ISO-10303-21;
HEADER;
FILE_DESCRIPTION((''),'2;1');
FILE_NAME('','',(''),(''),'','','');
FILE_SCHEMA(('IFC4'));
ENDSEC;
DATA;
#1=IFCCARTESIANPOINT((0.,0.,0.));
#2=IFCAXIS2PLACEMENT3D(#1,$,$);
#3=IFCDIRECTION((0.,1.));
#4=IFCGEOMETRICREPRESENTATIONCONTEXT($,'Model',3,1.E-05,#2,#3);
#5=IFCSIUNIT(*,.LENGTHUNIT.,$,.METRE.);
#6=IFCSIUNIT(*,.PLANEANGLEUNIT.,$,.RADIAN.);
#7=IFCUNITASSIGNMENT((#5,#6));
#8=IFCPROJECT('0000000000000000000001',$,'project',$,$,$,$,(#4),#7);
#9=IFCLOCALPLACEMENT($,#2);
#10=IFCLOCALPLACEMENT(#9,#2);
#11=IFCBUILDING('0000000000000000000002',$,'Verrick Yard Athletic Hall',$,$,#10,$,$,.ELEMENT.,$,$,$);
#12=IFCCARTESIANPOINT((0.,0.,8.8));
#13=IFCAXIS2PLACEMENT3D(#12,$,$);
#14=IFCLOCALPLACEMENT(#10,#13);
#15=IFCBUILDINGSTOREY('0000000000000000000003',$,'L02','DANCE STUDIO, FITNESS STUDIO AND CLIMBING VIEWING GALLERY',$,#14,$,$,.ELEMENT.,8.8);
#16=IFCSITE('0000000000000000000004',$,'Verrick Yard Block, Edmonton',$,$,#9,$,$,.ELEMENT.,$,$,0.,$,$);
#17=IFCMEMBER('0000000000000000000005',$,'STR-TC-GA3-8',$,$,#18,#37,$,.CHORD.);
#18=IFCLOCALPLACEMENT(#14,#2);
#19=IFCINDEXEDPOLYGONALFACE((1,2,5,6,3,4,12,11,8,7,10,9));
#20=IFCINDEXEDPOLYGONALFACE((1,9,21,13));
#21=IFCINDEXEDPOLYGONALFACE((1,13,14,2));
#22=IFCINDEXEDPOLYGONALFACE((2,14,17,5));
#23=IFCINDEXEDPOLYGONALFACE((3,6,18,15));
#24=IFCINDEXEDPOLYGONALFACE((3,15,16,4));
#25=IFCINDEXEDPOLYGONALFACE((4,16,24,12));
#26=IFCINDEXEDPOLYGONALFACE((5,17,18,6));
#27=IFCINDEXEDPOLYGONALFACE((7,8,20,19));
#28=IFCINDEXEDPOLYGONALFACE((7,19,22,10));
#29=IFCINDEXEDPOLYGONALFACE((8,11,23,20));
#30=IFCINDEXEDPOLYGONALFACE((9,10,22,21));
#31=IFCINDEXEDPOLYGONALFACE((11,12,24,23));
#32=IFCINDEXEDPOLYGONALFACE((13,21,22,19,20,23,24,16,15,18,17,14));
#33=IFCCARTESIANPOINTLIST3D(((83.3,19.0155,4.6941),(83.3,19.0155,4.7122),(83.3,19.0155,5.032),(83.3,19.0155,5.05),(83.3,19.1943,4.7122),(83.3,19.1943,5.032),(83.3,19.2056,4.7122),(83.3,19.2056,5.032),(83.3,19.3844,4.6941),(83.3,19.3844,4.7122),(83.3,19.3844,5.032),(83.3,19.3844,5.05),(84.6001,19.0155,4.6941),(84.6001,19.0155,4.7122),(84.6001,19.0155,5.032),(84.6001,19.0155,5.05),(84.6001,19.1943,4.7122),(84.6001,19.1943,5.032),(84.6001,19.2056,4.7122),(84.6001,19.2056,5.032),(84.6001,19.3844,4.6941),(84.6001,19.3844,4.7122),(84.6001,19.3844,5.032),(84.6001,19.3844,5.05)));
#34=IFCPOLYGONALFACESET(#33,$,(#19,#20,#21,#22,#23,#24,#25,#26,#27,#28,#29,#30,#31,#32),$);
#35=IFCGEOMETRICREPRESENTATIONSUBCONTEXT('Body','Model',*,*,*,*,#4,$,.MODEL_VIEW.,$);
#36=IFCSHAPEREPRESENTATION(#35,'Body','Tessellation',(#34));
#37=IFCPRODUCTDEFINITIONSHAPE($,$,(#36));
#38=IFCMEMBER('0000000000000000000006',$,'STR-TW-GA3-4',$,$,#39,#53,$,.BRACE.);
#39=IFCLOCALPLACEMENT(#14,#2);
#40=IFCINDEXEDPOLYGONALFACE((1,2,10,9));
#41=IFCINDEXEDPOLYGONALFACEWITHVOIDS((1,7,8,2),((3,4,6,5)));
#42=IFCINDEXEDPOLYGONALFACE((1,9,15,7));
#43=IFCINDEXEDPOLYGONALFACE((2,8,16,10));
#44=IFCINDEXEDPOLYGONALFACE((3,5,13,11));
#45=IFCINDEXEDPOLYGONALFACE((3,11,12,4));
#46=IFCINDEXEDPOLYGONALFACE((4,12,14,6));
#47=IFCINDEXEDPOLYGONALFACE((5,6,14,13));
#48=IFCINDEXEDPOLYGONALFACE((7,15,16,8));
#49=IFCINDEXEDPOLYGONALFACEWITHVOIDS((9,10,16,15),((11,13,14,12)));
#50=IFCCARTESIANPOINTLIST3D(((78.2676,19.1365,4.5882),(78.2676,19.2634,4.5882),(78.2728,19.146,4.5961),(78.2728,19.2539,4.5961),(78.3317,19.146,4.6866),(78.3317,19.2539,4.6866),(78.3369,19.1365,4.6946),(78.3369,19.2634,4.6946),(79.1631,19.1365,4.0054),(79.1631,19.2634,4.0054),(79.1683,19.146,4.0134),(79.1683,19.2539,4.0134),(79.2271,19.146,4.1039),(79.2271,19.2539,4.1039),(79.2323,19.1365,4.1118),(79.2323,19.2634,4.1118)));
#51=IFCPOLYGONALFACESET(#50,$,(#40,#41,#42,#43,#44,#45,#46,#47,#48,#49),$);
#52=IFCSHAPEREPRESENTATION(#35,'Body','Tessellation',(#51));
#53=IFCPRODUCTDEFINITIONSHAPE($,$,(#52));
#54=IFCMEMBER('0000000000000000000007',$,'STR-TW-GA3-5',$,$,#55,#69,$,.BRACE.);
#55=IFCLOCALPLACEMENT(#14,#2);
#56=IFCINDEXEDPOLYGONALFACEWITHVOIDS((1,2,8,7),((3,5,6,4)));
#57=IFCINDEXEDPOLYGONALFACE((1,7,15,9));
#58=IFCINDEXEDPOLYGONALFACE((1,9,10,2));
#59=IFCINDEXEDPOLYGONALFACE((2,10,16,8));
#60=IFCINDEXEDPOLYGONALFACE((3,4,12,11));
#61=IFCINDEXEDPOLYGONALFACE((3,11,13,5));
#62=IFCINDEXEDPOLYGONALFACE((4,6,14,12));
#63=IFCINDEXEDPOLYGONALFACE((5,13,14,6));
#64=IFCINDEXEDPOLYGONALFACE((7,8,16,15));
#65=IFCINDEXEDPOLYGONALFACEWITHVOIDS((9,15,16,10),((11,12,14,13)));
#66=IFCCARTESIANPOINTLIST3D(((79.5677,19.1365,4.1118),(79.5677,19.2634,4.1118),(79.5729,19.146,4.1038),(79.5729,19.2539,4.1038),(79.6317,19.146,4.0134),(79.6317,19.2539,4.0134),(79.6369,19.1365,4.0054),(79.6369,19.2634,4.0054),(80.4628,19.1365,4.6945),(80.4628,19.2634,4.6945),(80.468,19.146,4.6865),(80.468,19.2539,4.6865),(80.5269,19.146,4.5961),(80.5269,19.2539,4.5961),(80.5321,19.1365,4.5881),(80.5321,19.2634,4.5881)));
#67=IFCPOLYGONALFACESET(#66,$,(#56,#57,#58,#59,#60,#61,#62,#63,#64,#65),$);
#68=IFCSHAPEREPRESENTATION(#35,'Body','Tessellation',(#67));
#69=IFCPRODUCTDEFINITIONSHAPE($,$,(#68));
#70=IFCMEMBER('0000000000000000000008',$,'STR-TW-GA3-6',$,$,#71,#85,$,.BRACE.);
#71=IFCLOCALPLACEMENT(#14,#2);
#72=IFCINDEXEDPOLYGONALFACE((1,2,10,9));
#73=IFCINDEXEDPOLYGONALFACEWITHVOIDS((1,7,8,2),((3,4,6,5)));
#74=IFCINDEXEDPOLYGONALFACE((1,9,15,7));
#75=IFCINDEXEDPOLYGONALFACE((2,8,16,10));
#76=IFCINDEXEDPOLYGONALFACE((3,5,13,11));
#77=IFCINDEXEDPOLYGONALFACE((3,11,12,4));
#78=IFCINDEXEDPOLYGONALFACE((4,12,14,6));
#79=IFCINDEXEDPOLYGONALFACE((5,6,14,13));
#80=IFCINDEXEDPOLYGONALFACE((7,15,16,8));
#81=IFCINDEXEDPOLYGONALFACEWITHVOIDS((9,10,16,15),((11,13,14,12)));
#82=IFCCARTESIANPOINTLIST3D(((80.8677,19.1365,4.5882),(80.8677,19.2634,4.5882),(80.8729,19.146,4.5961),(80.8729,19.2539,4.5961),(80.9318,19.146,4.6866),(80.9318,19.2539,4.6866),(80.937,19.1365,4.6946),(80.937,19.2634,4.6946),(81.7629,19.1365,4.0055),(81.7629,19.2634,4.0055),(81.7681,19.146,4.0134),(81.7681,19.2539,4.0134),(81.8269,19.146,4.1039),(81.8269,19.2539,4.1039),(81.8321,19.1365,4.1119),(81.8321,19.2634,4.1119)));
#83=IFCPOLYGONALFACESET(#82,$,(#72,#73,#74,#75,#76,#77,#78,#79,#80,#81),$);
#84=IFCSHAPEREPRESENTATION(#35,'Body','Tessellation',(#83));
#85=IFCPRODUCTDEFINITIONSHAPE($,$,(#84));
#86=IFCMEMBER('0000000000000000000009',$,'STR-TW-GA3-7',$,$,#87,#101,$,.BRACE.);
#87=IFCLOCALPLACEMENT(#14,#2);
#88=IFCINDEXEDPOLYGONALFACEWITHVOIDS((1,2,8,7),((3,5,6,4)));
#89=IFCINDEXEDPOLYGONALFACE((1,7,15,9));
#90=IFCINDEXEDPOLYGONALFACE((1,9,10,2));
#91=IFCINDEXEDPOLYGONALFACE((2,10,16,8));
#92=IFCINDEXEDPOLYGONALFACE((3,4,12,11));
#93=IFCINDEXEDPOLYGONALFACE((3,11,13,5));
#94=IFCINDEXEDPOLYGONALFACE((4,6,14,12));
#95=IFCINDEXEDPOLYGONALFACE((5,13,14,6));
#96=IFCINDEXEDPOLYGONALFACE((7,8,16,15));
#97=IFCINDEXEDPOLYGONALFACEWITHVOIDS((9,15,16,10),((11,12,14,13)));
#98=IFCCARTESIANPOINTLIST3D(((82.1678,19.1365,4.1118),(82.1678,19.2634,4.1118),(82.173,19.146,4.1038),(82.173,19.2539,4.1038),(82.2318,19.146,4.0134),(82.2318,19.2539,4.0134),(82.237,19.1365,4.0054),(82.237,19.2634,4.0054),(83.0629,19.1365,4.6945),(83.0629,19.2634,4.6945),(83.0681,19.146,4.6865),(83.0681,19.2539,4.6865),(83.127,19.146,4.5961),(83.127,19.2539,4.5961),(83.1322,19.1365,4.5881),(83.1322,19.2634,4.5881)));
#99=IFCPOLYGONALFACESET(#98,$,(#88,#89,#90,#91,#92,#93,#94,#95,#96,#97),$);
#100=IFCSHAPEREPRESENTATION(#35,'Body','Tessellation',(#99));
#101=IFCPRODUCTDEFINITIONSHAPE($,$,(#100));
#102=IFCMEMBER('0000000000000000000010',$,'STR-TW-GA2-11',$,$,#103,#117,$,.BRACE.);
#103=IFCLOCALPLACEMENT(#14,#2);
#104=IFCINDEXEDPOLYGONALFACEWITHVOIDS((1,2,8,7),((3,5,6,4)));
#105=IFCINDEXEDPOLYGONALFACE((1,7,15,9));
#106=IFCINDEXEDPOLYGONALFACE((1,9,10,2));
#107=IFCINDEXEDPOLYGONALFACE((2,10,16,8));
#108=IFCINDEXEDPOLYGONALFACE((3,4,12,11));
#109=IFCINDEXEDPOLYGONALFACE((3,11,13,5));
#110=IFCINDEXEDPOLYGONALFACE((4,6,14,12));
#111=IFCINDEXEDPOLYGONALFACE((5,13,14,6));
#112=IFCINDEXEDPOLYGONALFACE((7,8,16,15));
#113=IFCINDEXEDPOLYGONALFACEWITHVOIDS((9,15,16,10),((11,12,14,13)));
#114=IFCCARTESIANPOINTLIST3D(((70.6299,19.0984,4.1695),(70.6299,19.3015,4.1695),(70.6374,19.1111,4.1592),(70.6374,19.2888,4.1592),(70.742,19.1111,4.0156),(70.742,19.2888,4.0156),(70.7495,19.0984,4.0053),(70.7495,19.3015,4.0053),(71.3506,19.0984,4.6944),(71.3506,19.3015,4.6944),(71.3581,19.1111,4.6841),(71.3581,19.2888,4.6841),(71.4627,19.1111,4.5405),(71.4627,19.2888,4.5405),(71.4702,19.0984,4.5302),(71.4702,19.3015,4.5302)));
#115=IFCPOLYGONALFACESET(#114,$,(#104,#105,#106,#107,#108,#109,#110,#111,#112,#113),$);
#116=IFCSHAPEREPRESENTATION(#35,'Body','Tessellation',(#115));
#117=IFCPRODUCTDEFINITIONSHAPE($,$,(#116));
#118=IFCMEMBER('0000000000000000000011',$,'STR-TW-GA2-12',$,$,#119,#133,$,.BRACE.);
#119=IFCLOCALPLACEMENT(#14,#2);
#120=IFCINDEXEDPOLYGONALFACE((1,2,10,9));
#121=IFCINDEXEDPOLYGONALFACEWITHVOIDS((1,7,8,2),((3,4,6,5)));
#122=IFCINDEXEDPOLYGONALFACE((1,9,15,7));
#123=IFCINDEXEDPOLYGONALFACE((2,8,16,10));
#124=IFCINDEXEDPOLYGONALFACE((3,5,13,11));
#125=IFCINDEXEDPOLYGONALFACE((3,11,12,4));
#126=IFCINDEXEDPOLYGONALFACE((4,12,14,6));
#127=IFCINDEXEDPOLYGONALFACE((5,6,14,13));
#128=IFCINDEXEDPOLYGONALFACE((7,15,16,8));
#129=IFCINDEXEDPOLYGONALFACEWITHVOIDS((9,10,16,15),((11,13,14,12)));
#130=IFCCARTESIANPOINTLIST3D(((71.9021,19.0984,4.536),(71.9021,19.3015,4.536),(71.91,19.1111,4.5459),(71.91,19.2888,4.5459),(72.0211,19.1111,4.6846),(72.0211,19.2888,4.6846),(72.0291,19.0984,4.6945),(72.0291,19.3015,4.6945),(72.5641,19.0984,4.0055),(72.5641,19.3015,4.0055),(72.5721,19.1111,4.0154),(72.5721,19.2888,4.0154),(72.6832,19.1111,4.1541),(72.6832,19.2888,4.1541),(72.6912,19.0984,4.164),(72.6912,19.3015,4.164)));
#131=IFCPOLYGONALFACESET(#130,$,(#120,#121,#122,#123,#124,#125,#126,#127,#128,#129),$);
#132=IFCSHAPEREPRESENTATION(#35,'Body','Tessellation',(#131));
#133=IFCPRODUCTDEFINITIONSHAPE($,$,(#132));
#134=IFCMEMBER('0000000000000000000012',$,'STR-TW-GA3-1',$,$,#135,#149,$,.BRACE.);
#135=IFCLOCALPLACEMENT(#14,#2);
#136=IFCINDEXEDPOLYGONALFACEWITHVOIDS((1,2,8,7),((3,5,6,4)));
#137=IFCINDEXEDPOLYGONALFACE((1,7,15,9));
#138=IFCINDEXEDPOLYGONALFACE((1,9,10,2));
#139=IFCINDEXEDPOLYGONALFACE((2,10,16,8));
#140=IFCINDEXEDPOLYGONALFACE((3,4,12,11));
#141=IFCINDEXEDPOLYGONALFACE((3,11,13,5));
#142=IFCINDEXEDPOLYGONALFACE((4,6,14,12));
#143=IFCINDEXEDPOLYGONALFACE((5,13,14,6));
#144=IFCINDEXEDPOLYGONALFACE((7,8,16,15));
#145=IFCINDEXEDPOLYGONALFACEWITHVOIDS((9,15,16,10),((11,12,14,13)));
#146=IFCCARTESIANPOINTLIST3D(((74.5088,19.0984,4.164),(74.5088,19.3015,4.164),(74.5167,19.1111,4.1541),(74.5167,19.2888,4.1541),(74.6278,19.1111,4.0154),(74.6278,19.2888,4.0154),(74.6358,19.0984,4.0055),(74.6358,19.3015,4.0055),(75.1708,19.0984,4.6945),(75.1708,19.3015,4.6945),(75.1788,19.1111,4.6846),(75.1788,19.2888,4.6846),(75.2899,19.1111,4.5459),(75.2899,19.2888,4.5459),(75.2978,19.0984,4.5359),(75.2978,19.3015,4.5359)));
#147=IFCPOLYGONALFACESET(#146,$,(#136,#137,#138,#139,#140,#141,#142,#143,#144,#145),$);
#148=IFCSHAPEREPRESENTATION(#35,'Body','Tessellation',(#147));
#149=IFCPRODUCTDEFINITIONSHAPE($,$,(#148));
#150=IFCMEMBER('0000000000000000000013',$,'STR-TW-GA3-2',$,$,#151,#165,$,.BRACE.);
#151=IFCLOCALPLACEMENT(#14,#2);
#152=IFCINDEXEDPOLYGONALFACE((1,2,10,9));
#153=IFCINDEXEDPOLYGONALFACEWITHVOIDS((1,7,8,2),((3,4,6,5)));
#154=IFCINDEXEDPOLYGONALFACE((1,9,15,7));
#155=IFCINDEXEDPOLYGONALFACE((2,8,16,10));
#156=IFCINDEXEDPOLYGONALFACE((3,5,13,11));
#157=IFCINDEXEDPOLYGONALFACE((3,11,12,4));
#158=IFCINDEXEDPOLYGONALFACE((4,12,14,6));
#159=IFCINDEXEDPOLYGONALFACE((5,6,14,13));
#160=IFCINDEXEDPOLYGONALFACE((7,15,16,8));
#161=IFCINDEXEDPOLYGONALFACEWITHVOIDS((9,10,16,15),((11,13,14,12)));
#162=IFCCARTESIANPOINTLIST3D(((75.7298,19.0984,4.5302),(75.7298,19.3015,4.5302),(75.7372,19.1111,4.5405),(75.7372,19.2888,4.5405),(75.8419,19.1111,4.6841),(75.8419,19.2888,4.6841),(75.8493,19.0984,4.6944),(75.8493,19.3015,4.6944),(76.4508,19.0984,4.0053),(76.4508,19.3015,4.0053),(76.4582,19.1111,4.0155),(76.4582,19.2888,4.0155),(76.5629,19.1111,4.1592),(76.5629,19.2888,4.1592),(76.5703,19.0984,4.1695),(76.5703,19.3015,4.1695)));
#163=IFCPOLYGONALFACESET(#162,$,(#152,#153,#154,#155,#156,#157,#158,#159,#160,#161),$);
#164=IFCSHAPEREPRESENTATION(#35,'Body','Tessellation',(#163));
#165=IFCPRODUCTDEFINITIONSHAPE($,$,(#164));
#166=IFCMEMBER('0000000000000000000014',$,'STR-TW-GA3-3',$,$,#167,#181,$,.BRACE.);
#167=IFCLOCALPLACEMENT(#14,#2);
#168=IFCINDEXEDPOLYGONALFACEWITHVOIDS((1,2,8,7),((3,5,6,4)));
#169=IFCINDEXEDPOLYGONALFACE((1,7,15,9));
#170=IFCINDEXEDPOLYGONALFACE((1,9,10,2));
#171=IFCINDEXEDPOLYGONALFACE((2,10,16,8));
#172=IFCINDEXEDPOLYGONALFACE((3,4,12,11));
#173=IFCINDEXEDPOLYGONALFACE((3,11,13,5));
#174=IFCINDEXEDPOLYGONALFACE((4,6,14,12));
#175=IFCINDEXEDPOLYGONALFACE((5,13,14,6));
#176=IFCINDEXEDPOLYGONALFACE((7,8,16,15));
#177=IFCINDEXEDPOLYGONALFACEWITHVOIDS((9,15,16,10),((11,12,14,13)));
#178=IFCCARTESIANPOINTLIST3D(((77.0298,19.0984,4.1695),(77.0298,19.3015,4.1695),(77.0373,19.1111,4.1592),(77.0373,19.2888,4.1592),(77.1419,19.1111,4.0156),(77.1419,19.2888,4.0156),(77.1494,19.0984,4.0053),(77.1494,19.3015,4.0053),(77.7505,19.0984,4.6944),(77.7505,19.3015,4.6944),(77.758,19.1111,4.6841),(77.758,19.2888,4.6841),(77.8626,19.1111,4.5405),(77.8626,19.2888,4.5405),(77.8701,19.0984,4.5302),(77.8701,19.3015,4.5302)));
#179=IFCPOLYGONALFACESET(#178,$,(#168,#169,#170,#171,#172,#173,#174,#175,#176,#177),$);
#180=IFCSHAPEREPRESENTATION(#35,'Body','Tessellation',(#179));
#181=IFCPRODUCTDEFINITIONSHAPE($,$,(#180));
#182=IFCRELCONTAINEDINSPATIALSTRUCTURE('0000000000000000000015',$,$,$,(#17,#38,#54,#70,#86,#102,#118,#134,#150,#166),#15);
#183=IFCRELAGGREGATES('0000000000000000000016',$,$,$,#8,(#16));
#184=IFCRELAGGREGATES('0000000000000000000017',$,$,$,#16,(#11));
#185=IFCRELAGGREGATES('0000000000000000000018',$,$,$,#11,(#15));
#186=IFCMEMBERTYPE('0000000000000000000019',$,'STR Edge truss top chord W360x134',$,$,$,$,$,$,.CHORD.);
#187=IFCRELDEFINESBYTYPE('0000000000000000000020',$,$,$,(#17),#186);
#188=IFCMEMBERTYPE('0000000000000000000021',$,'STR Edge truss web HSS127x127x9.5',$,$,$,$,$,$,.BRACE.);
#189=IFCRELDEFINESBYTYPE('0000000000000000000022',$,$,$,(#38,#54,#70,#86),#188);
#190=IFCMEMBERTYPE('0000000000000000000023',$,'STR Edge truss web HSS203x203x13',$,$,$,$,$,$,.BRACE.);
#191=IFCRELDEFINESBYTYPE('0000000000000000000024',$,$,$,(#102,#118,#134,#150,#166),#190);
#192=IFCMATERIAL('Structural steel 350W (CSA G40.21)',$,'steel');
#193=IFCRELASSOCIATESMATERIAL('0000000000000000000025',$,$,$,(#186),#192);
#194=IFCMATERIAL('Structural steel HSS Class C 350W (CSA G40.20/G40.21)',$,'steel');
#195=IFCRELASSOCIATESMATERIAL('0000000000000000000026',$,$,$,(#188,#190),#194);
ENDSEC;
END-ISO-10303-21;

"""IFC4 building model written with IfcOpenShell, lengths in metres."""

from ifc_helpers import new_model, si_unit, direction, frame, origin, origin_2d, place, context, subcontext, project, spatial, hollow_rectangle, i_section, extrude, material, material_profile, profile_set, type_object, element, save


model = new_model("IFC4")

# Units and contexts
model_context = context("Model", 3, precision=1e-05, world=origin(), true_north=direction((0.0, 1.0)))
body_context = subcontext(model_context, "Body", "Model", "MODEL_VIEW")
ifc_project = project(units=[si_unit("LENGTHUNIT", "METRE"), si_unit("PLANEANGLEUNIT", "RADIAN")], contexts=[model_context])

# Site, building, storey
site_placement = place(None, origin())
site = spatial("IfcSite", under=ifc_project, at=site_placement, Name="Verrick Yard Block, Edmonton", CompositionType="ELEMENT", RefElevation=0.0)
building_placement = place(site_placement, origin())
building = spatial("IfcBuilding", under=site, at=building_placement, Name="Verrick Yard Athletic Hall", CompositionType="ELEMENT")
storey_placement = place(building_placement, frame((0.0, 0.0, 8.8)))
storey = spatial("IfcBuildingStorey", under=building, at=storey_placement, Name="L02", Description="DANCE STUDIO, FITNESS STUDIO AND CLIMBING VIEWING GALLERY", CompositionType="ELEMENT", Elevation=8.8)

# Members
ifc_material_1 = material(Name="Structural steel 350W (CSA G40.21)", Category="steel")
ifc_material_2 = material(Name="Structural steel HSS Class C 350W (CSA G40.20/G40.21)", Category="steel")
ifc_material_profile_1 = material_profile(ifc_material_1, i_section(OverallWidth=0.3689, OverallDepth=0.356, WebThickness=0.0112, FlangeThickness=0.0181, at=origin_2d()), Name="W360x134")
ifc_profile_set_1 = profile_set([ifc_material_profile_1], Name="Structural steel 350W (CSA G40.21)")
member_type_1 = type_object("IfcMemberType", Name="STR Edge truss top chord W360x134", PredefinedType="CHORD", material=ifc_profile_set_1)
for number, where, z_axis, x_axis, name in (
    (1, (83.3, 19.2, 4.8721), (1.0, 0.0, 0.0), (0.0, 1.0, 0.0), "STR-TC-GA3-8"),
):
    element("IfcMember", number, at=place(storey_placement, frame(where, z_axis=z_axis, x_axis=x_axis)), inside=storey, type_object=member_type_1, Name=name, PredefinedType="CHORD", context=body_context, shape_type="SweptSolid", body=[
        extrude(i_section(OverallWidth=0.3689, OverallDepth=0.356, WebThickness=0.0112, FlangeThickness=0.0181, at=origin_2d()), origin(), (0.0, 0.0, 1.0), 1.3),
    ])
ifc_material_profile_2 = material_profile(ifc_material_2, hollow_rectangle(XDim=0.127, YDim=0.127, WallThickness=0.0095, at=origin_2d()), Name="HSS127x127x9.5")
ifc_profile_set_2 = profile_set([ifc_material_profile_2], Name="Structural steel HSS Class C 350W (CSA G40.20/G40.21)")
member_type_2 = type_object("IfcMemberType", Name="STR Edge truss web HSS127x127x9.5", PredefinedType="BRACE", material=ifc_profile_set_2)
member_1_placement = place(storey_placement, frame((78.3022, 19.2, 4.6414), z_axis=(0.838151, 0.0, -0.545438), x_axis=(0.0, 1.0, 0.0)))
element("IfcMember", 2, at=member_1_placement, inside=storey, type_object=member_type_2, Name="STR-TW-GA3-4", PredefinedType="BRACE", context=body_context, shape_type="SweptSolid", body=[
    extrude(hollow_rectangle(XDim=0.127, YDim=0.127, WallThickness=0.0095, at=origin_2d()), origin(), (0.0, 0.0, 1.0), 1.0684),
])
for number, where, z_axis, x_axis, name in (
    (3, (79.6023, 19.2, 4.0586), (0.838083, 0.0, 0.545543), (0.0, 1.0, 0.0), "STR-TW-GA3-5"),
    (4, (80.9023, 19.2, 4.6414), (0.838083, 0.0, -0.545543), (0.0, 1.0, 0.0), "STR-TW-GA3-6"),
    (5, (82.2024, 19.2, 4.0586), (0.838083, 0.0, 0.545543), (0.0, 1.0, 0.0), "STR-TW-GA3-7"),
):
    element("IfcMember", number, at=place(storey_placement, frame(where, z_axis=z_axis, x_axis=x_axis)), inside=storey, type_object=member_type_2, Name=name, PredefinedType="BRACE", context=body_context, shape_type="SweptSolid", body=[
        extrude(hollow_rectangle(XDim=0.127, YDim=0.127, WallThickness=0.0095, at=origin_2d()), origin(), (0.0, 0.0, 1.0), 1.0681),
    ])
ifc_material_profile_3 = material_profile(ifc_material_2, hollow_rectangle(XDim=0.2031, YDim=0.2031, WallThickness=0.0127, at=origin_2d()), Name="HSS203x203x13")
ifc_profile_set_3 = profile_set([ifc_material_profile_3], Name="Structural steel HSS Class C 350W (CSA G40.20/G40.21)")
member_type_3 = type_object("IfcMemberType", Name="STR Edge truss web HSS203x203x13", PredefinedType="BRACE", material=ifc_profile_set_3)
member_2_placement = place(storey_placement, frame((70.6897, 19.2, 4.0874), z_axis=(0.808333, 0.0, 0.588725), x_axis=(0.0, 1.0, 0.0)))
element("IfcMember", 6, at=member_2_placement, inside=storey, type_object=member_type_3, Name="STR-TW-GA2-11", PredefinedType="BRACE", context=body_context, shape_type="SweptSolid", body=[
    extrude(hollow_rectangle(XDim=0.2031, YDim=0.2031, WallThickness=0.0127, at=origin_2d()), origin(), (0.0, 0.0, 1.0), 0.8916),
])
for number, where, z_axis, x_axis, name in (
    (7, (71.9656, 19.2, 4.6152), (0.780391, 0.0, -0.625291), (0.0, 1.0, 0.0), "STR-TW-GA2-12"),
    (8, (74.5723, 19.2, 4.0847), (0.780391, 0.0, 0.625291), (0.0, 1.0, 0.0), "STR-TW-GA3-1"),
):
    element("IfcMember", number, at=place(storey_placement, frame(where, z_axis=z_axis, x_axis=x_axis)), inside=storey, type_object=member_type_3, Name=name, PredefinedType="BRACE", context=body_context, shape_type="SweptSolid", body=[
        extrude(hollow_rectangle(XDim=0.2031, YDim=0.2031, WallThickness=0.0127, at=origin_2d()), origin(), (0.0, 0.0, 1.0), 0.8484),
    ])
member_3_placement = place(storey_placement, frame((75.7896, 19.2, 4.6123), z_axis=(0.808428, 0.0, -0.588595), x_axis=(0.0, 1.0, 0.0)))
element("IfcMember", 9, at=member_3_placement, inside=storey, type_object=member_type_3, Name="STR-TW-GA3-2", PredefinedType="BRACE", context=body_context, shape_type="SweptSolid", body=[
    extrude(hollow_rectangle(XDim=0.2031, YDim=0.2031, WallThickness=0.0127, at=origin_2d()), origin(), (0.0, 0.0, 1.0), 0.8918),
])
member_4_placement = place(storey_placement, frame((77.0896, 19.2, 4.0874), z_axis=(0.808333, 0.0, 0.588725), x_axis=(0.0, 1.0, 0.0)))
element("IfcMember", 10, at=member_4_placement, inside=storey, type_object=member_type_3, Name="STR-TW-GA3-3", PredefinedType="BRACE", context=body_context, shape_type="SweptSolid", body=[
    extrude(hollow_rectangle(XDim=0.2031, YDim=0.2031, WallThickness=0.0127, at=origin_2d()), origin(), (0.0, 0.0, 1.0), 0.8916),
])

save(model, "model.ifc")
